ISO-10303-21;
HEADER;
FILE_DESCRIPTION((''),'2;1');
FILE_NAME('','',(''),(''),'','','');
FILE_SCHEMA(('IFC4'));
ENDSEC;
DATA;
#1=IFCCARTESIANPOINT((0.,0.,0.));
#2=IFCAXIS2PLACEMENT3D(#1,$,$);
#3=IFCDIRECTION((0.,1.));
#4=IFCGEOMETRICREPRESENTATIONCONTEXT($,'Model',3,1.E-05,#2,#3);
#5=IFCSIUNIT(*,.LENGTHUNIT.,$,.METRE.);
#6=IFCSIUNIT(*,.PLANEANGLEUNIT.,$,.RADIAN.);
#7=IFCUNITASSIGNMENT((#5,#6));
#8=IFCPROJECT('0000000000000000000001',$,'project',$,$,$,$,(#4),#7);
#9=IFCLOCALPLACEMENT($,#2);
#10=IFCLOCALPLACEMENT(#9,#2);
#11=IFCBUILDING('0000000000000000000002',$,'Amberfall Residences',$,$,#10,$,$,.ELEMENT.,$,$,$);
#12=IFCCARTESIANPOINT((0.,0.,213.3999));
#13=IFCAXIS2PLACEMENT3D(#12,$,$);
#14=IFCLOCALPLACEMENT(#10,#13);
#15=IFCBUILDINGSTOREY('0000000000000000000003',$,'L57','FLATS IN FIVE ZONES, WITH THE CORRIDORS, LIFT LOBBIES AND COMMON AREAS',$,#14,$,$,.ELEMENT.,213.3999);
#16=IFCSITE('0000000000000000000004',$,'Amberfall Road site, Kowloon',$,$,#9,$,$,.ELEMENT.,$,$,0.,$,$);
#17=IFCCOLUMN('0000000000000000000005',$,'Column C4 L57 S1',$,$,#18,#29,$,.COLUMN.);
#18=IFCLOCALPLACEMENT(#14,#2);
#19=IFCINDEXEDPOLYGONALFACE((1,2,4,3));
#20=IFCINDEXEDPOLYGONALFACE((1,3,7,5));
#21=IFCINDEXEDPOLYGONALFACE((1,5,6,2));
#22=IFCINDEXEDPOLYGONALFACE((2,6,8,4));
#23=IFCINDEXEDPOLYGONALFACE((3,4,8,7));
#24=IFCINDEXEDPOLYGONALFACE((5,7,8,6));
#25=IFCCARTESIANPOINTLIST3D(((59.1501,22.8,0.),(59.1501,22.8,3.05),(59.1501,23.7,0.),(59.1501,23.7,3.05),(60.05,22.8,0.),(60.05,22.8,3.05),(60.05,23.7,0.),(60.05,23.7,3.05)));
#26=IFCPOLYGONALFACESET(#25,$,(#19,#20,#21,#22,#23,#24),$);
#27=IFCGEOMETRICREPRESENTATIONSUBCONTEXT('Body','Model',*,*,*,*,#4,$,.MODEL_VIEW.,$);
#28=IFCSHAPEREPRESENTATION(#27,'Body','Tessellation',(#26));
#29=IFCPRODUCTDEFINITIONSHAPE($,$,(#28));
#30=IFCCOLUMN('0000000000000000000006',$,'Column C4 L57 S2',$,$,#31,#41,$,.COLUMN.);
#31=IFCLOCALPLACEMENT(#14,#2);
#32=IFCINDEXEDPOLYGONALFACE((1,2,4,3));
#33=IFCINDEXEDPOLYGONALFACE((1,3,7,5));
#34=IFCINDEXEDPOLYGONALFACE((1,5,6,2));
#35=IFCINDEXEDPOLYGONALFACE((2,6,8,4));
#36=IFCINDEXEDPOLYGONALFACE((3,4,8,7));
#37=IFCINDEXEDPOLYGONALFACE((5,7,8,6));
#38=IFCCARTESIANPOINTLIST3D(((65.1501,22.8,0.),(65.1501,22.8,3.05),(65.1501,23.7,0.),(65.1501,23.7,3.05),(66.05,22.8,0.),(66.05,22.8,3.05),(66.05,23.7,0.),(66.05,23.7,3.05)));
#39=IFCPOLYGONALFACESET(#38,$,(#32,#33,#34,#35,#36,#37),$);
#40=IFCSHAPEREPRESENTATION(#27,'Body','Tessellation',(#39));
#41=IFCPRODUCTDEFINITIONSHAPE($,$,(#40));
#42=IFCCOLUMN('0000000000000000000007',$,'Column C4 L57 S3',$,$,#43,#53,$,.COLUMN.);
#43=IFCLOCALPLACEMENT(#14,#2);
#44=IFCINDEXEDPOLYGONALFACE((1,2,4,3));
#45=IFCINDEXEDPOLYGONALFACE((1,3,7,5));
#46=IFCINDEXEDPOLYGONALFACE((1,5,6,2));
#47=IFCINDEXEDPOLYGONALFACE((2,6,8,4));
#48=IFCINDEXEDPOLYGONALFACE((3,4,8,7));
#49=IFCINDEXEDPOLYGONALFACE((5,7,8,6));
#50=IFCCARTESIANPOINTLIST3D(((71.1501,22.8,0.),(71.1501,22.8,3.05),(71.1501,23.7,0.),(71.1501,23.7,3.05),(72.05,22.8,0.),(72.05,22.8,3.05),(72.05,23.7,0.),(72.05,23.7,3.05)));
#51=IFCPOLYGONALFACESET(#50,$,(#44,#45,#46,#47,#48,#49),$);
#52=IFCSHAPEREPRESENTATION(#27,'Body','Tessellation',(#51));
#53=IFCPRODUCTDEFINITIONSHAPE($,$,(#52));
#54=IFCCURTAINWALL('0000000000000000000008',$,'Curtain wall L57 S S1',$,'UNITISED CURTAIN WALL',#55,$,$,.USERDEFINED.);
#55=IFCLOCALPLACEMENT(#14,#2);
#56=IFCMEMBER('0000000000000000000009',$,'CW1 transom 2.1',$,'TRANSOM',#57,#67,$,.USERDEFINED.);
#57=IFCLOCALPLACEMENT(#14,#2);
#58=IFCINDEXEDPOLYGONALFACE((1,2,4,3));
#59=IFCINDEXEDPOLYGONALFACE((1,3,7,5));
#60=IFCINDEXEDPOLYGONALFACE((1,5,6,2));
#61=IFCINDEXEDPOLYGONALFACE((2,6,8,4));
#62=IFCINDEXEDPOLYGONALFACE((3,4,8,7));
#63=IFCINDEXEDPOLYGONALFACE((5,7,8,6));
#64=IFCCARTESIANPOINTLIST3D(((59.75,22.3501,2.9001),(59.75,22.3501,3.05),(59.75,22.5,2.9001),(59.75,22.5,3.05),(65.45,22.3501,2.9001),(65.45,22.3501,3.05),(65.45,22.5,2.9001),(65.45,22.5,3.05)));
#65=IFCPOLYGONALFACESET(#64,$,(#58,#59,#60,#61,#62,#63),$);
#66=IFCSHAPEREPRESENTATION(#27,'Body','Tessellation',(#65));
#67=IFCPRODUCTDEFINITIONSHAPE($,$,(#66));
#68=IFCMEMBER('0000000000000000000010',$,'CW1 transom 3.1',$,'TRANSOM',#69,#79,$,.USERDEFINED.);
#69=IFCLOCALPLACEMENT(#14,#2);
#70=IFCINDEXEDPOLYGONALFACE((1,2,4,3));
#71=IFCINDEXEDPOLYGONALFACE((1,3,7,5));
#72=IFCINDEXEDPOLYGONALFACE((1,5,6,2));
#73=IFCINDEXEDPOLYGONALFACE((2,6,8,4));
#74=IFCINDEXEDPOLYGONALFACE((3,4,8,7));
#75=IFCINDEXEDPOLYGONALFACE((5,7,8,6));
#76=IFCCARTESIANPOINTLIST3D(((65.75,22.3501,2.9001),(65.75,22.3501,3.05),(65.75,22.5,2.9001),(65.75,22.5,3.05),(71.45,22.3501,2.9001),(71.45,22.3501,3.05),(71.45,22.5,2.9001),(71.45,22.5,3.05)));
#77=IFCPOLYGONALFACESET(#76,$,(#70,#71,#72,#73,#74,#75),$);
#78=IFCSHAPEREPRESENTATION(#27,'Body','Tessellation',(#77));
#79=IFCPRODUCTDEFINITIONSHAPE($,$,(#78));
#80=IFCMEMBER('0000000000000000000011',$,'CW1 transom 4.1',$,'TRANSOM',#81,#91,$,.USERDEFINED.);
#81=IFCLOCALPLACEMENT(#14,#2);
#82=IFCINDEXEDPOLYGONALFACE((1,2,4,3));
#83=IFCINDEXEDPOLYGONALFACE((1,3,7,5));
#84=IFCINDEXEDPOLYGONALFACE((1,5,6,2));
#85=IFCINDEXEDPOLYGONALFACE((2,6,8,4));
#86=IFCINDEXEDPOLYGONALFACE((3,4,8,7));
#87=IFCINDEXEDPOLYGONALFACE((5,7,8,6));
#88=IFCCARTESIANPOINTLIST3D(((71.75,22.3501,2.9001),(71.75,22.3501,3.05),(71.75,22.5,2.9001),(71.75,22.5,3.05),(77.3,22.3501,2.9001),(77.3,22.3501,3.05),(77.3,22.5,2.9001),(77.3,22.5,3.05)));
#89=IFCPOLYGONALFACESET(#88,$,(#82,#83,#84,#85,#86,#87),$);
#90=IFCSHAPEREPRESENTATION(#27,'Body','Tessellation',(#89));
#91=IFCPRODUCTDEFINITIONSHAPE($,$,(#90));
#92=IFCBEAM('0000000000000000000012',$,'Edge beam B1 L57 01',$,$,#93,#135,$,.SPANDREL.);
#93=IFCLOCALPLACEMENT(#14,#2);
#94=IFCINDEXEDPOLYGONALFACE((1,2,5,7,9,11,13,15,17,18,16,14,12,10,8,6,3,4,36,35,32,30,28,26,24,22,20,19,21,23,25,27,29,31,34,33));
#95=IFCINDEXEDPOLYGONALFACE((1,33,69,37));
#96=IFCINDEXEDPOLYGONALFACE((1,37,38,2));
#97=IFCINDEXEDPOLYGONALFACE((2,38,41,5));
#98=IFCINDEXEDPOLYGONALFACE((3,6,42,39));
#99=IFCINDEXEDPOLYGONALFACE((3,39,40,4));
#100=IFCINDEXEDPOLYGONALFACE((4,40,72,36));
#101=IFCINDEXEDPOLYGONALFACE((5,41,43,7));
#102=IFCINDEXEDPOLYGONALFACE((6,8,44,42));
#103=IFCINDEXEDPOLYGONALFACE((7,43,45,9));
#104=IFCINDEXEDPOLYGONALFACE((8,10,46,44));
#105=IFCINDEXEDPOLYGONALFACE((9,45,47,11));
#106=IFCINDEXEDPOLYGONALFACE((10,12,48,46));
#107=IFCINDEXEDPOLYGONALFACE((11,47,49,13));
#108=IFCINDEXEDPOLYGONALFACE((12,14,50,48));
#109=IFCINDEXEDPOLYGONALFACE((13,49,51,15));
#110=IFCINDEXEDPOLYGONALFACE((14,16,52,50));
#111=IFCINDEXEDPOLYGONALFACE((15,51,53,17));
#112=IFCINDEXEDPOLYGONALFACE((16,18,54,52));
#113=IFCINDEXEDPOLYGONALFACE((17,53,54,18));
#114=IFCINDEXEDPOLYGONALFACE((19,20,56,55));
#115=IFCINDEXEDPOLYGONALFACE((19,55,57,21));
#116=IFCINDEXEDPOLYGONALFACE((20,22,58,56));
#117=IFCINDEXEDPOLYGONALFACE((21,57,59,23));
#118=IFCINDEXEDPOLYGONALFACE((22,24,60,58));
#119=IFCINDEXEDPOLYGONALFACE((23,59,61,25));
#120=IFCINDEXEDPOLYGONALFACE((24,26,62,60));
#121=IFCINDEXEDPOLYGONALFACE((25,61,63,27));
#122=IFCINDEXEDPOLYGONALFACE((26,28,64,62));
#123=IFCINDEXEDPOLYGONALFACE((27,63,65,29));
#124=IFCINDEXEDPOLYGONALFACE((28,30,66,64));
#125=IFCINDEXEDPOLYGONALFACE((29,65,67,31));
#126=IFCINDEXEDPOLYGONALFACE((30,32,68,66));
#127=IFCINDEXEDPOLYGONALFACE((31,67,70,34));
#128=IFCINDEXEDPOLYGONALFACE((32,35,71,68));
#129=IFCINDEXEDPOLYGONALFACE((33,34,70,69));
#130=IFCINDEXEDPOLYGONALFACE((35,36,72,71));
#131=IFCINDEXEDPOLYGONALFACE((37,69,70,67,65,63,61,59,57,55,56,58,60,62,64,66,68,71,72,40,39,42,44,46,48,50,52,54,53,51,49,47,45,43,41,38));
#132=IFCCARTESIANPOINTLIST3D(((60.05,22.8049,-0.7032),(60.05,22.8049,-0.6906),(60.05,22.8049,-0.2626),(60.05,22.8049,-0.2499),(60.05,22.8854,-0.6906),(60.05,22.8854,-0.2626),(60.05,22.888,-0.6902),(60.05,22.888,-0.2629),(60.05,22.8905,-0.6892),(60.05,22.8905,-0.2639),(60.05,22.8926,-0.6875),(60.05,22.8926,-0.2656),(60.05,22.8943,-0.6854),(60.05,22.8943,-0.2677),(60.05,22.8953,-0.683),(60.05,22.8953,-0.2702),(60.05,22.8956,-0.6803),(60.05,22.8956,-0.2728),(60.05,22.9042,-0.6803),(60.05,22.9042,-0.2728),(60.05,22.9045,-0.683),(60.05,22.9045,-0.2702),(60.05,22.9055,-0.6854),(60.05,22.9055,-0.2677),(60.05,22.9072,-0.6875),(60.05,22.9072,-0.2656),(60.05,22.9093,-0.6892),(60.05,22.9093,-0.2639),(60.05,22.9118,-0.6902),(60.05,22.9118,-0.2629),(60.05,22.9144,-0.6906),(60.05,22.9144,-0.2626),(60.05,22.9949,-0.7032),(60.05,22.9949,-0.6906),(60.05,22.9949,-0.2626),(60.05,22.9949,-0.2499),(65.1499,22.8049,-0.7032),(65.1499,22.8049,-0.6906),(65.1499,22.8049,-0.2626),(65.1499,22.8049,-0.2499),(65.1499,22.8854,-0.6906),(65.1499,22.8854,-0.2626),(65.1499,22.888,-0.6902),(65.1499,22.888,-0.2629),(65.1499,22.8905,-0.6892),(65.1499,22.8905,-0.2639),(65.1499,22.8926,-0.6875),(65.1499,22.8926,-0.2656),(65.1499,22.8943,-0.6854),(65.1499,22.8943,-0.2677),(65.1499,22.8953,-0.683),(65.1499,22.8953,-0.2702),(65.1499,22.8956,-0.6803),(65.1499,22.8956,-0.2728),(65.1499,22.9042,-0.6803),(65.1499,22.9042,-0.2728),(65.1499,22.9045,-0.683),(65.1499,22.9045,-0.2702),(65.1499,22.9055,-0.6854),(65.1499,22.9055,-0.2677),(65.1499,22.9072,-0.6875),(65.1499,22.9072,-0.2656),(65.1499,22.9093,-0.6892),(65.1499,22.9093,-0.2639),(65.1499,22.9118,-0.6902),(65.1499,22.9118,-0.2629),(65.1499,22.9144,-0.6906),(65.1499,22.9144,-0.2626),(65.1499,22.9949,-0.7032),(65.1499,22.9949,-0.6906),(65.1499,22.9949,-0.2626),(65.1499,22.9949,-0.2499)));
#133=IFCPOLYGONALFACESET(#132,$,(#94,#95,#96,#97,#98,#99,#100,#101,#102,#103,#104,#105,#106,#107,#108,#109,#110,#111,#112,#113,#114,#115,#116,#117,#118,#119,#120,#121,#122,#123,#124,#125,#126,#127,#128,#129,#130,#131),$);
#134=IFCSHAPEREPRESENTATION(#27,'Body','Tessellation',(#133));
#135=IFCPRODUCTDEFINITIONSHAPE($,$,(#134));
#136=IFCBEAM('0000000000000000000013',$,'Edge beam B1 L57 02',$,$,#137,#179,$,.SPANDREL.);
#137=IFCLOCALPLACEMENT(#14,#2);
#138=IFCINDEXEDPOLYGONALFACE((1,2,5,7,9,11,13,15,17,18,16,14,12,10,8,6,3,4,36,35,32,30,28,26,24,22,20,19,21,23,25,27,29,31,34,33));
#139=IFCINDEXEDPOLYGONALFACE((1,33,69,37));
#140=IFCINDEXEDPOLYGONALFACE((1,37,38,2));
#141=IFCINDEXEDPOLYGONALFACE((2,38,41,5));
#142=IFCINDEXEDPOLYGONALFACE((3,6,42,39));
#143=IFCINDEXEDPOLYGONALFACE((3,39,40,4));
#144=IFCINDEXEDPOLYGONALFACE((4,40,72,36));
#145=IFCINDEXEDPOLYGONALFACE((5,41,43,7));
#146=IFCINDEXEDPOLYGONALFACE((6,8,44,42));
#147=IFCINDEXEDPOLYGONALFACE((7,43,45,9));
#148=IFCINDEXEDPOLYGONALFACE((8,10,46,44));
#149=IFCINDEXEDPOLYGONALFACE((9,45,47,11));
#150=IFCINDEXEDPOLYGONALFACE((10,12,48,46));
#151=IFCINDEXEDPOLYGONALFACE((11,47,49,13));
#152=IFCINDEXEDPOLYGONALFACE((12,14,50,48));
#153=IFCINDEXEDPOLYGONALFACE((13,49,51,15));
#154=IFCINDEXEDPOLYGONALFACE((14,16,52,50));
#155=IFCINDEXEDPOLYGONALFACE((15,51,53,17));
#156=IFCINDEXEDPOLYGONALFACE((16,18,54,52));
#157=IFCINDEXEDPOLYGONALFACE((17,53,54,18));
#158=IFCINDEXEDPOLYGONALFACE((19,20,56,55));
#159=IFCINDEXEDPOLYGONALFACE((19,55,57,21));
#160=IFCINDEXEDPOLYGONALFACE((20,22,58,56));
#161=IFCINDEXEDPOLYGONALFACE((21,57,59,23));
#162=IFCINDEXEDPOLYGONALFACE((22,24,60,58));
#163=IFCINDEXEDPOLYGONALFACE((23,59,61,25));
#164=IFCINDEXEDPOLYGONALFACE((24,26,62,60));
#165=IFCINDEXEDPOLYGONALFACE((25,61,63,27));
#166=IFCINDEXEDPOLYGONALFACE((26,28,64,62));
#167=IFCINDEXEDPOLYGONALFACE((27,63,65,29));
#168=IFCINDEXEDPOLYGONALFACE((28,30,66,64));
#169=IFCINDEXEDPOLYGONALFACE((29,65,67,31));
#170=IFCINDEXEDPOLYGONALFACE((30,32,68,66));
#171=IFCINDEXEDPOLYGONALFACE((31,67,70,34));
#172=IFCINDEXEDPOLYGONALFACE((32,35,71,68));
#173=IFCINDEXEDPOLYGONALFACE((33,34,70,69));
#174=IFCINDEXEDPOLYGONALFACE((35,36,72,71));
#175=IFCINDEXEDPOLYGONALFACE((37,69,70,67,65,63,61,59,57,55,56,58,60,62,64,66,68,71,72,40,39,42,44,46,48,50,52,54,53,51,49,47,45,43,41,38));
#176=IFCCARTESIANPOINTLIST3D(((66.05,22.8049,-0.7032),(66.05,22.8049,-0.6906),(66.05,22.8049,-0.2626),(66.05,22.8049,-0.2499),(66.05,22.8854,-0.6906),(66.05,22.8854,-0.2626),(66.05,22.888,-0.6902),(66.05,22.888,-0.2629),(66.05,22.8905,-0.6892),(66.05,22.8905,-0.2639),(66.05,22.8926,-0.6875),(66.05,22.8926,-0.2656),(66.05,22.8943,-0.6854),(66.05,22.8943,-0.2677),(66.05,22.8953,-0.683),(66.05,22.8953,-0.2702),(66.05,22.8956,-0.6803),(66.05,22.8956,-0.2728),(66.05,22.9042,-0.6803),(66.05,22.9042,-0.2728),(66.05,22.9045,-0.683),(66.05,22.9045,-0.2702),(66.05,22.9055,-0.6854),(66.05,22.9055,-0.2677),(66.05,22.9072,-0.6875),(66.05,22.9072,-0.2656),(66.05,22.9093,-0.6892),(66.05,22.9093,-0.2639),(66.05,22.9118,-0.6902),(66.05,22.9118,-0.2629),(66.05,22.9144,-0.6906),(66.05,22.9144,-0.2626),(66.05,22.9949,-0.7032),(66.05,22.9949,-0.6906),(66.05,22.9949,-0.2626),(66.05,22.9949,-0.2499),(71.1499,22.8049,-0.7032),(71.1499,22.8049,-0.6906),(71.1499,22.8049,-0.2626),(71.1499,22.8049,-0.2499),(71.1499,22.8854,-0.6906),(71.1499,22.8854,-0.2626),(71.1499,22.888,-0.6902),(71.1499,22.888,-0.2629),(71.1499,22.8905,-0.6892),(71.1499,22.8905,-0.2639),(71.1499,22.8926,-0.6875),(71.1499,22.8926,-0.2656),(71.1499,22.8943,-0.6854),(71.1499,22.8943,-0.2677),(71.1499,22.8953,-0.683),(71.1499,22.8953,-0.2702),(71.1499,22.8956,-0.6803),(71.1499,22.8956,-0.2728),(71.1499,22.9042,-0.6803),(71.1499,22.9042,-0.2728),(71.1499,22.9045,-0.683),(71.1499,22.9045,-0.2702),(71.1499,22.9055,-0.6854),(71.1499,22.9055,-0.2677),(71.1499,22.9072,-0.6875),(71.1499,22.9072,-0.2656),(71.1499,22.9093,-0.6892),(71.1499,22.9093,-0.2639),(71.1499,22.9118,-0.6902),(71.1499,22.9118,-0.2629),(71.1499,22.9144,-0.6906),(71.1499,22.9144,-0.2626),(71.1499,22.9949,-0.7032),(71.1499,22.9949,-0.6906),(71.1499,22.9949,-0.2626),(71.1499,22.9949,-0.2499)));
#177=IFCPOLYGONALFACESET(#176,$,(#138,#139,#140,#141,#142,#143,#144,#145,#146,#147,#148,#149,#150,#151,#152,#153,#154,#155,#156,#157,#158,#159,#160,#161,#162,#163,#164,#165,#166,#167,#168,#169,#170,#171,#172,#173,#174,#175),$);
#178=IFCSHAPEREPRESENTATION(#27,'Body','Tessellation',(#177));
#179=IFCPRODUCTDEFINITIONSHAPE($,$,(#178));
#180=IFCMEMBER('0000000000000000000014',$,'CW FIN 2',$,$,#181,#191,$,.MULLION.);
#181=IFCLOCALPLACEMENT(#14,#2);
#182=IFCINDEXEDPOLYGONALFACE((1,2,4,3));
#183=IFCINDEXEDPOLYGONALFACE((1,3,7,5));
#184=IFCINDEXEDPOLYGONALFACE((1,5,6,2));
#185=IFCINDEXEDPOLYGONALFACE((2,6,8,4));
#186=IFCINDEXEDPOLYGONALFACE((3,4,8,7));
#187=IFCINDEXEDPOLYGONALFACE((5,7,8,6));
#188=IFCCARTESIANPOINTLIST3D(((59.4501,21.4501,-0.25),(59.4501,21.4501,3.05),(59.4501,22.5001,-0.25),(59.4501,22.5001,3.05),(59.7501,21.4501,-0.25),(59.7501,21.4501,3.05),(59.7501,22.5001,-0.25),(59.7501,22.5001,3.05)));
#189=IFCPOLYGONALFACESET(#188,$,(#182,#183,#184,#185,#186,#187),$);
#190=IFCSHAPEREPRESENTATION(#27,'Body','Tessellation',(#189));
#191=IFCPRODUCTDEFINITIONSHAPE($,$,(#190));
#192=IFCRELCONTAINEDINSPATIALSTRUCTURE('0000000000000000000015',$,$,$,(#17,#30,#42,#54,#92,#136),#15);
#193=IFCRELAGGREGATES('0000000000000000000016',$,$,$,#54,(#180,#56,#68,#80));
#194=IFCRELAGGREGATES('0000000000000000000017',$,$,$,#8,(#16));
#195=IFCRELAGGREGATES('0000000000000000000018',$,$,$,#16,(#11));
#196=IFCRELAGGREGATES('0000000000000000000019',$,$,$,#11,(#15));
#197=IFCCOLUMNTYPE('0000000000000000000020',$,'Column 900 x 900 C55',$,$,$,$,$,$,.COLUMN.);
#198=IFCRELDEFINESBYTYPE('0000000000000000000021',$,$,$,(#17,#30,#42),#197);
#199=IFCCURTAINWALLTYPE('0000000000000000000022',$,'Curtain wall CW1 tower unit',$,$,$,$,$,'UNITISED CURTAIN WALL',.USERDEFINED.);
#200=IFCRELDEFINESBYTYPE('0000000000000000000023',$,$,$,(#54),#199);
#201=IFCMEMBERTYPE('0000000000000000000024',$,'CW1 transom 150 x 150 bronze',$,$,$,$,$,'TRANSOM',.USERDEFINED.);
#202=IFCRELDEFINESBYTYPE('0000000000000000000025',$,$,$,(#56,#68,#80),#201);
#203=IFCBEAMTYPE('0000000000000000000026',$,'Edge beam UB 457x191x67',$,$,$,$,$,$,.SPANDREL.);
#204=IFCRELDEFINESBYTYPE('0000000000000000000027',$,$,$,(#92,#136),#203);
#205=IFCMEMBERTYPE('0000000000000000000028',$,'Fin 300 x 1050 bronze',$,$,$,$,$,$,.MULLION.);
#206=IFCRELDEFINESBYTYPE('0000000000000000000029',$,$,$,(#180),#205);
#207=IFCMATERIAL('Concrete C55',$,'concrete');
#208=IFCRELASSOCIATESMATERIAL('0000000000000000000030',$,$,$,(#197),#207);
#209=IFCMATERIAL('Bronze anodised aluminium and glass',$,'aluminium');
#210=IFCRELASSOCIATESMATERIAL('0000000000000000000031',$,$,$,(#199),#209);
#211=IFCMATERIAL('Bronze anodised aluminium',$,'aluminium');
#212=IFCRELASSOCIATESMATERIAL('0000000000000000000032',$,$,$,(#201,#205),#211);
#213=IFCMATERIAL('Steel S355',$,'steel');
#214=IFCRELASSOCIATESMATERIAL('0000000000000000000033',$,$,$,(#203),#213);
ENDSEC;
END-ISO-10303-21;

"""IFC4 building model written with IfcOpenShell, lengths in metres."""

from ifc_helpers import new_model, si_unit, direction, frame, origin, origin_2d, place, context, subcontext, project, spatial, rectangle, i_section, extrude, material, material_profile, profile_set, type_object, element, aggregate, save


model = new_model("IFC4")

# Units and contexts
model_context = context("Model", 3, precision=1e-05, world=origin(), true_north=direction((0.0, 1.0)))
body_context = subcontext(model_context, "Body", "Model", "MODEL_VIEW")
ifc_project = project(units=[si_unit("LENGTHUNIT", "METRE"), si_unit("PLANEANGLEUNIT", "RADIAN")], contexts=[model_context])

# Site, building, storey
site_placement = place(None, origin())
site = spatial("IfcSite", under=ifc_project, at=site_placement, Name="Amberfall Road site, Kowloon", CompositionType="ELEMENT", RefElevation=0.0)
building_placement = place(site_placement, origin())
building = spatial("IfcBuilding", under=site, at=building_placement, Name="Amberfall Residences", CompositionType="ELEMENT")
storey_placement = place(building_placement, frame((0.0, 0.0, 213.3999)))
storey = spatial("IfcBuildingStorey", under=building, at=storey_placement, Name="L57", Description="FLATS IN FIVE ZONES, WITH THE CORRIDORS, LIFT LOBBIES AND COMMON AREAS", CompositionType="ELEMENT", Elevation=213.3999)

# Columns
ifc_material_1 = material(Name="Concrete C55", Category="concrete")
ifc_material_profile_1 = material_profile(ifc_material_1, rectangle(XDim=0.8999, YDim=0.8999, at=origin_2d()), Name="Column 900 x 900 C55")
ifc_profile_set_1 = profile_set([ifc_material_profile_1], Name="Concrete C55")
column_type = type_object("IfcColumnType", Name="Column 900 x 900 C55", PredefinedType="COLUMN", material=ifc_profile_set_1)
for number, where, z_axis, x_axis, name in (
    (1, (59.6001, 23.25, 0.0), (0.0, 0.0, 1.0), (1.0, 0.0, 0.0), "Column C4 L57 S1"),
    (2, (65.6001, 23.25, 0.0), (0.0, 0.0, 1.0), (1.0, 0.0, 0.0), "Column C4 L57 S2"),
    (3, (71.6001, 23.25, 0.0), (0.0, 0.0, 1.0), (1.0, 0.0, 0.0), "Column C4 L57 S3"),
):
    element("IfcColumn", number, at=place(storey_placement, frame(where, z_axis=z_axis, x_axis=x_axis)), inside=storey, type_object=column_type, Name=name, PredefinedType="COLUMN", context=body_context, shape_type="SweptSolid", body=[
        extrude(rectangle(XDim=0.8999, YDim=0.8999, at=origin_2d()), origin(), (0.0, 0.0, 1.0), 3.05),
    ])

# Curtain wall, members
ifc_material_2 = material(Name="Bronze anodised aluminium and glass", Category="aluminium")
curtain_wall_type = type_object("IfcCurtainWallType", Name="Curtain wall CW1 tower unit", ElementType="UNITISED CURTAIN WALL", PredefinedType="USERDEFINED", material=ifc_material_2)
curtain_wall_placement = place(storey_placement, origin())
curtain_wall = element("IfcCurtainWall", 4, at=curtain_wall_placement, inside=storey, type_object=curtain_wall_type, Name="Curtain wall L57 S S1", ObjectType="UNITISED CURTAIN WALL", PredefinedType="USERDEFINED")
ifc_material_3 = material(Name="Bronze anodised aluminium", Category="aluminium")
ifc_material_profile_2 = material_profile(ifc_material_3, rectangle(XDim=0.1499, YDim=0.1499, at=origin_2d()), Name="CW1 transom 150 x 150 bronze")
ifc_profile_set_2 = profile_set([ifc_material_profile_2], Name="Bronze anodised aluminium")
member_type_1 = type_object("IfcMemberType", Name="CW1 transom 150 x 150 bronze", ElementType="TRANSOM", PredefinedType="USERDEFINED", material=ifc_profile_set_2)
member_1_placement = place(storey_placement, frame((59.75, 22.425, 2.9751), z_axis=(1.0, 0.0, 0.0), x_axis=(0.0, 1.0, 0.0)))
member_1 = element("IfcMember", 5, at=member_1_placement, type_object=member_type_1, Name="CW1 transom 2.1", ObjectType="TRANSOM", PredefinedType="USERDEFINED", context=body_context, shape_type="SweptSolid", body=[
    extrude(rectangle(XDim=0.1499, YDim=0.1499, at=origin_2d()), origin(), (0.0, 0.0, 1.0), 5.7),
])
member_2_placement = place(storey_placement, frame((65.75, 22.425, 2.9751), z_axis=(1.0, 0.0, 0.0), x_axis=(0.0, 1.0, 0.0)))
member_2 = element("IfcMember", 6, at=member_2_placement, type_object=member_type_1, Name="CW1 transom 3.1", ObjectType="TRANSOM", PredefinedType="USERDEFINED", context=body_context, shape_type="SweptSolid", body=[
    extrude(rectangle(XDim=0.1499, YDim=0.1499, at=origin_2d()), origin(), (0.0, 0.0, 1.0), 5.7),
])
member_3_placement = place(storey_placement, frame((71.75, 22.425, 2.9751), z_axis=(1.0, 0.0, 0.0), x_axis=(0.0, 1.0, 0.0)))
member_3 = element("IfcMember", 7, at=member_3_placement, type_object=member_type_1, Name="CW1 transom 4.1", ObjectType="TRANSOM", PredefinedType="USERDEFINED", context=body_context, shape_type="SweptSolid", body=[
    extrude(rectangle(XDim=0.1499, YDim=0.1499, at=origin_2d()), origin(), (0.0, 0.0, 1.0), 5.55),
])

# Beams
ifc_material_4 = material(Name="Steel S355", Category="steel")
ifc_material_profile_3 = material_profile(ifc_material_4, i_section(OverallWidth=0.1899, OverallDepth=0.4534, WebThickness=0.0085, FlangeThickness=0.0127, FilletRadius=0.0103, at=origin_2d()), Name="UB 457x191x67")
ifc_profile_set_3 = profile_set([ifc_material_profile_3], Name="Steel S355")
beam_type_1 = type_object("IfcBeamType", Name="Edge beam UB 457x191x67", PredefinedType="SPANDREL", material=ifc_profile_set_3)
for number, where, z_axis, x_axis, name in (
    (8, (60.05, 22.8999, -0.4766), (1.0, 0.0, 0.0), (0.0, 1.0, 0.0), "Edge beam B1 L57 01"),
    (9, (66.05, 22.8999, -0.4766), (1.0, 0.0, 0.0), (0.0, 1.0, 0.0), "Edge beam B1 L57 02"),
):
    element("IfcBeam", number, at=place(storey_placement, frame(where, z_axis=z_axis, x_axis=x_axis)), inside=storey, type_object=beam_type_1, Name=name, PredefinedType="SPANDREL", context=body_context, shape_type="SweptSolid", body=[
        extrude(i_section(OverallWidth=0.1899, OverallDepth=0.4534, WebThickness=0.0085, FlangeThickness=0.0127, FilletRadius=0.0103, at=origin_2d()), origin(), (0.0, 0.0, 1.0), 5.0999),
    ])

# Member
ifc_material_profile_4 = material_profile(ifc_material_3, rectangle(XDim=1.05, YDim=0.3, at=origin_2d()), Name="Fin 300 x 1050 bronze")
ifc_profile_set_4 = profile_set([ifc_material_profile_4], Name="Bronze anodised aluminium")
member_type_2 = type_object("IfcMemberType", Name="Fin 300 x 1050 bronze", PredefinedType="MULLION", material=ifc_profile_set_4)
member_4_placement = place(storey_placement, frame((59.6001, 21.9751, -0.25), z_axis=(0.0, 0.0, 1.0), x_axis=(0.0, 1.0, 0.0)))
member_4 = element("IfcMember", 10, at=member_4_placement, type_object=member_type_2, Name="CW FIN 2", PredefinedType="MULLION", context=body_context, shape_type="SweptSolid", body=[
    extrude(rectangle(XDim=1.05, YDim=0.3, at=origin_2d()), origin(), (0.0, 0.0, 1.0), 3.3),
])

aggregate(curtain_wall, [member_4, member_1, member_2, member_3])

save(model, "model.ifc")
